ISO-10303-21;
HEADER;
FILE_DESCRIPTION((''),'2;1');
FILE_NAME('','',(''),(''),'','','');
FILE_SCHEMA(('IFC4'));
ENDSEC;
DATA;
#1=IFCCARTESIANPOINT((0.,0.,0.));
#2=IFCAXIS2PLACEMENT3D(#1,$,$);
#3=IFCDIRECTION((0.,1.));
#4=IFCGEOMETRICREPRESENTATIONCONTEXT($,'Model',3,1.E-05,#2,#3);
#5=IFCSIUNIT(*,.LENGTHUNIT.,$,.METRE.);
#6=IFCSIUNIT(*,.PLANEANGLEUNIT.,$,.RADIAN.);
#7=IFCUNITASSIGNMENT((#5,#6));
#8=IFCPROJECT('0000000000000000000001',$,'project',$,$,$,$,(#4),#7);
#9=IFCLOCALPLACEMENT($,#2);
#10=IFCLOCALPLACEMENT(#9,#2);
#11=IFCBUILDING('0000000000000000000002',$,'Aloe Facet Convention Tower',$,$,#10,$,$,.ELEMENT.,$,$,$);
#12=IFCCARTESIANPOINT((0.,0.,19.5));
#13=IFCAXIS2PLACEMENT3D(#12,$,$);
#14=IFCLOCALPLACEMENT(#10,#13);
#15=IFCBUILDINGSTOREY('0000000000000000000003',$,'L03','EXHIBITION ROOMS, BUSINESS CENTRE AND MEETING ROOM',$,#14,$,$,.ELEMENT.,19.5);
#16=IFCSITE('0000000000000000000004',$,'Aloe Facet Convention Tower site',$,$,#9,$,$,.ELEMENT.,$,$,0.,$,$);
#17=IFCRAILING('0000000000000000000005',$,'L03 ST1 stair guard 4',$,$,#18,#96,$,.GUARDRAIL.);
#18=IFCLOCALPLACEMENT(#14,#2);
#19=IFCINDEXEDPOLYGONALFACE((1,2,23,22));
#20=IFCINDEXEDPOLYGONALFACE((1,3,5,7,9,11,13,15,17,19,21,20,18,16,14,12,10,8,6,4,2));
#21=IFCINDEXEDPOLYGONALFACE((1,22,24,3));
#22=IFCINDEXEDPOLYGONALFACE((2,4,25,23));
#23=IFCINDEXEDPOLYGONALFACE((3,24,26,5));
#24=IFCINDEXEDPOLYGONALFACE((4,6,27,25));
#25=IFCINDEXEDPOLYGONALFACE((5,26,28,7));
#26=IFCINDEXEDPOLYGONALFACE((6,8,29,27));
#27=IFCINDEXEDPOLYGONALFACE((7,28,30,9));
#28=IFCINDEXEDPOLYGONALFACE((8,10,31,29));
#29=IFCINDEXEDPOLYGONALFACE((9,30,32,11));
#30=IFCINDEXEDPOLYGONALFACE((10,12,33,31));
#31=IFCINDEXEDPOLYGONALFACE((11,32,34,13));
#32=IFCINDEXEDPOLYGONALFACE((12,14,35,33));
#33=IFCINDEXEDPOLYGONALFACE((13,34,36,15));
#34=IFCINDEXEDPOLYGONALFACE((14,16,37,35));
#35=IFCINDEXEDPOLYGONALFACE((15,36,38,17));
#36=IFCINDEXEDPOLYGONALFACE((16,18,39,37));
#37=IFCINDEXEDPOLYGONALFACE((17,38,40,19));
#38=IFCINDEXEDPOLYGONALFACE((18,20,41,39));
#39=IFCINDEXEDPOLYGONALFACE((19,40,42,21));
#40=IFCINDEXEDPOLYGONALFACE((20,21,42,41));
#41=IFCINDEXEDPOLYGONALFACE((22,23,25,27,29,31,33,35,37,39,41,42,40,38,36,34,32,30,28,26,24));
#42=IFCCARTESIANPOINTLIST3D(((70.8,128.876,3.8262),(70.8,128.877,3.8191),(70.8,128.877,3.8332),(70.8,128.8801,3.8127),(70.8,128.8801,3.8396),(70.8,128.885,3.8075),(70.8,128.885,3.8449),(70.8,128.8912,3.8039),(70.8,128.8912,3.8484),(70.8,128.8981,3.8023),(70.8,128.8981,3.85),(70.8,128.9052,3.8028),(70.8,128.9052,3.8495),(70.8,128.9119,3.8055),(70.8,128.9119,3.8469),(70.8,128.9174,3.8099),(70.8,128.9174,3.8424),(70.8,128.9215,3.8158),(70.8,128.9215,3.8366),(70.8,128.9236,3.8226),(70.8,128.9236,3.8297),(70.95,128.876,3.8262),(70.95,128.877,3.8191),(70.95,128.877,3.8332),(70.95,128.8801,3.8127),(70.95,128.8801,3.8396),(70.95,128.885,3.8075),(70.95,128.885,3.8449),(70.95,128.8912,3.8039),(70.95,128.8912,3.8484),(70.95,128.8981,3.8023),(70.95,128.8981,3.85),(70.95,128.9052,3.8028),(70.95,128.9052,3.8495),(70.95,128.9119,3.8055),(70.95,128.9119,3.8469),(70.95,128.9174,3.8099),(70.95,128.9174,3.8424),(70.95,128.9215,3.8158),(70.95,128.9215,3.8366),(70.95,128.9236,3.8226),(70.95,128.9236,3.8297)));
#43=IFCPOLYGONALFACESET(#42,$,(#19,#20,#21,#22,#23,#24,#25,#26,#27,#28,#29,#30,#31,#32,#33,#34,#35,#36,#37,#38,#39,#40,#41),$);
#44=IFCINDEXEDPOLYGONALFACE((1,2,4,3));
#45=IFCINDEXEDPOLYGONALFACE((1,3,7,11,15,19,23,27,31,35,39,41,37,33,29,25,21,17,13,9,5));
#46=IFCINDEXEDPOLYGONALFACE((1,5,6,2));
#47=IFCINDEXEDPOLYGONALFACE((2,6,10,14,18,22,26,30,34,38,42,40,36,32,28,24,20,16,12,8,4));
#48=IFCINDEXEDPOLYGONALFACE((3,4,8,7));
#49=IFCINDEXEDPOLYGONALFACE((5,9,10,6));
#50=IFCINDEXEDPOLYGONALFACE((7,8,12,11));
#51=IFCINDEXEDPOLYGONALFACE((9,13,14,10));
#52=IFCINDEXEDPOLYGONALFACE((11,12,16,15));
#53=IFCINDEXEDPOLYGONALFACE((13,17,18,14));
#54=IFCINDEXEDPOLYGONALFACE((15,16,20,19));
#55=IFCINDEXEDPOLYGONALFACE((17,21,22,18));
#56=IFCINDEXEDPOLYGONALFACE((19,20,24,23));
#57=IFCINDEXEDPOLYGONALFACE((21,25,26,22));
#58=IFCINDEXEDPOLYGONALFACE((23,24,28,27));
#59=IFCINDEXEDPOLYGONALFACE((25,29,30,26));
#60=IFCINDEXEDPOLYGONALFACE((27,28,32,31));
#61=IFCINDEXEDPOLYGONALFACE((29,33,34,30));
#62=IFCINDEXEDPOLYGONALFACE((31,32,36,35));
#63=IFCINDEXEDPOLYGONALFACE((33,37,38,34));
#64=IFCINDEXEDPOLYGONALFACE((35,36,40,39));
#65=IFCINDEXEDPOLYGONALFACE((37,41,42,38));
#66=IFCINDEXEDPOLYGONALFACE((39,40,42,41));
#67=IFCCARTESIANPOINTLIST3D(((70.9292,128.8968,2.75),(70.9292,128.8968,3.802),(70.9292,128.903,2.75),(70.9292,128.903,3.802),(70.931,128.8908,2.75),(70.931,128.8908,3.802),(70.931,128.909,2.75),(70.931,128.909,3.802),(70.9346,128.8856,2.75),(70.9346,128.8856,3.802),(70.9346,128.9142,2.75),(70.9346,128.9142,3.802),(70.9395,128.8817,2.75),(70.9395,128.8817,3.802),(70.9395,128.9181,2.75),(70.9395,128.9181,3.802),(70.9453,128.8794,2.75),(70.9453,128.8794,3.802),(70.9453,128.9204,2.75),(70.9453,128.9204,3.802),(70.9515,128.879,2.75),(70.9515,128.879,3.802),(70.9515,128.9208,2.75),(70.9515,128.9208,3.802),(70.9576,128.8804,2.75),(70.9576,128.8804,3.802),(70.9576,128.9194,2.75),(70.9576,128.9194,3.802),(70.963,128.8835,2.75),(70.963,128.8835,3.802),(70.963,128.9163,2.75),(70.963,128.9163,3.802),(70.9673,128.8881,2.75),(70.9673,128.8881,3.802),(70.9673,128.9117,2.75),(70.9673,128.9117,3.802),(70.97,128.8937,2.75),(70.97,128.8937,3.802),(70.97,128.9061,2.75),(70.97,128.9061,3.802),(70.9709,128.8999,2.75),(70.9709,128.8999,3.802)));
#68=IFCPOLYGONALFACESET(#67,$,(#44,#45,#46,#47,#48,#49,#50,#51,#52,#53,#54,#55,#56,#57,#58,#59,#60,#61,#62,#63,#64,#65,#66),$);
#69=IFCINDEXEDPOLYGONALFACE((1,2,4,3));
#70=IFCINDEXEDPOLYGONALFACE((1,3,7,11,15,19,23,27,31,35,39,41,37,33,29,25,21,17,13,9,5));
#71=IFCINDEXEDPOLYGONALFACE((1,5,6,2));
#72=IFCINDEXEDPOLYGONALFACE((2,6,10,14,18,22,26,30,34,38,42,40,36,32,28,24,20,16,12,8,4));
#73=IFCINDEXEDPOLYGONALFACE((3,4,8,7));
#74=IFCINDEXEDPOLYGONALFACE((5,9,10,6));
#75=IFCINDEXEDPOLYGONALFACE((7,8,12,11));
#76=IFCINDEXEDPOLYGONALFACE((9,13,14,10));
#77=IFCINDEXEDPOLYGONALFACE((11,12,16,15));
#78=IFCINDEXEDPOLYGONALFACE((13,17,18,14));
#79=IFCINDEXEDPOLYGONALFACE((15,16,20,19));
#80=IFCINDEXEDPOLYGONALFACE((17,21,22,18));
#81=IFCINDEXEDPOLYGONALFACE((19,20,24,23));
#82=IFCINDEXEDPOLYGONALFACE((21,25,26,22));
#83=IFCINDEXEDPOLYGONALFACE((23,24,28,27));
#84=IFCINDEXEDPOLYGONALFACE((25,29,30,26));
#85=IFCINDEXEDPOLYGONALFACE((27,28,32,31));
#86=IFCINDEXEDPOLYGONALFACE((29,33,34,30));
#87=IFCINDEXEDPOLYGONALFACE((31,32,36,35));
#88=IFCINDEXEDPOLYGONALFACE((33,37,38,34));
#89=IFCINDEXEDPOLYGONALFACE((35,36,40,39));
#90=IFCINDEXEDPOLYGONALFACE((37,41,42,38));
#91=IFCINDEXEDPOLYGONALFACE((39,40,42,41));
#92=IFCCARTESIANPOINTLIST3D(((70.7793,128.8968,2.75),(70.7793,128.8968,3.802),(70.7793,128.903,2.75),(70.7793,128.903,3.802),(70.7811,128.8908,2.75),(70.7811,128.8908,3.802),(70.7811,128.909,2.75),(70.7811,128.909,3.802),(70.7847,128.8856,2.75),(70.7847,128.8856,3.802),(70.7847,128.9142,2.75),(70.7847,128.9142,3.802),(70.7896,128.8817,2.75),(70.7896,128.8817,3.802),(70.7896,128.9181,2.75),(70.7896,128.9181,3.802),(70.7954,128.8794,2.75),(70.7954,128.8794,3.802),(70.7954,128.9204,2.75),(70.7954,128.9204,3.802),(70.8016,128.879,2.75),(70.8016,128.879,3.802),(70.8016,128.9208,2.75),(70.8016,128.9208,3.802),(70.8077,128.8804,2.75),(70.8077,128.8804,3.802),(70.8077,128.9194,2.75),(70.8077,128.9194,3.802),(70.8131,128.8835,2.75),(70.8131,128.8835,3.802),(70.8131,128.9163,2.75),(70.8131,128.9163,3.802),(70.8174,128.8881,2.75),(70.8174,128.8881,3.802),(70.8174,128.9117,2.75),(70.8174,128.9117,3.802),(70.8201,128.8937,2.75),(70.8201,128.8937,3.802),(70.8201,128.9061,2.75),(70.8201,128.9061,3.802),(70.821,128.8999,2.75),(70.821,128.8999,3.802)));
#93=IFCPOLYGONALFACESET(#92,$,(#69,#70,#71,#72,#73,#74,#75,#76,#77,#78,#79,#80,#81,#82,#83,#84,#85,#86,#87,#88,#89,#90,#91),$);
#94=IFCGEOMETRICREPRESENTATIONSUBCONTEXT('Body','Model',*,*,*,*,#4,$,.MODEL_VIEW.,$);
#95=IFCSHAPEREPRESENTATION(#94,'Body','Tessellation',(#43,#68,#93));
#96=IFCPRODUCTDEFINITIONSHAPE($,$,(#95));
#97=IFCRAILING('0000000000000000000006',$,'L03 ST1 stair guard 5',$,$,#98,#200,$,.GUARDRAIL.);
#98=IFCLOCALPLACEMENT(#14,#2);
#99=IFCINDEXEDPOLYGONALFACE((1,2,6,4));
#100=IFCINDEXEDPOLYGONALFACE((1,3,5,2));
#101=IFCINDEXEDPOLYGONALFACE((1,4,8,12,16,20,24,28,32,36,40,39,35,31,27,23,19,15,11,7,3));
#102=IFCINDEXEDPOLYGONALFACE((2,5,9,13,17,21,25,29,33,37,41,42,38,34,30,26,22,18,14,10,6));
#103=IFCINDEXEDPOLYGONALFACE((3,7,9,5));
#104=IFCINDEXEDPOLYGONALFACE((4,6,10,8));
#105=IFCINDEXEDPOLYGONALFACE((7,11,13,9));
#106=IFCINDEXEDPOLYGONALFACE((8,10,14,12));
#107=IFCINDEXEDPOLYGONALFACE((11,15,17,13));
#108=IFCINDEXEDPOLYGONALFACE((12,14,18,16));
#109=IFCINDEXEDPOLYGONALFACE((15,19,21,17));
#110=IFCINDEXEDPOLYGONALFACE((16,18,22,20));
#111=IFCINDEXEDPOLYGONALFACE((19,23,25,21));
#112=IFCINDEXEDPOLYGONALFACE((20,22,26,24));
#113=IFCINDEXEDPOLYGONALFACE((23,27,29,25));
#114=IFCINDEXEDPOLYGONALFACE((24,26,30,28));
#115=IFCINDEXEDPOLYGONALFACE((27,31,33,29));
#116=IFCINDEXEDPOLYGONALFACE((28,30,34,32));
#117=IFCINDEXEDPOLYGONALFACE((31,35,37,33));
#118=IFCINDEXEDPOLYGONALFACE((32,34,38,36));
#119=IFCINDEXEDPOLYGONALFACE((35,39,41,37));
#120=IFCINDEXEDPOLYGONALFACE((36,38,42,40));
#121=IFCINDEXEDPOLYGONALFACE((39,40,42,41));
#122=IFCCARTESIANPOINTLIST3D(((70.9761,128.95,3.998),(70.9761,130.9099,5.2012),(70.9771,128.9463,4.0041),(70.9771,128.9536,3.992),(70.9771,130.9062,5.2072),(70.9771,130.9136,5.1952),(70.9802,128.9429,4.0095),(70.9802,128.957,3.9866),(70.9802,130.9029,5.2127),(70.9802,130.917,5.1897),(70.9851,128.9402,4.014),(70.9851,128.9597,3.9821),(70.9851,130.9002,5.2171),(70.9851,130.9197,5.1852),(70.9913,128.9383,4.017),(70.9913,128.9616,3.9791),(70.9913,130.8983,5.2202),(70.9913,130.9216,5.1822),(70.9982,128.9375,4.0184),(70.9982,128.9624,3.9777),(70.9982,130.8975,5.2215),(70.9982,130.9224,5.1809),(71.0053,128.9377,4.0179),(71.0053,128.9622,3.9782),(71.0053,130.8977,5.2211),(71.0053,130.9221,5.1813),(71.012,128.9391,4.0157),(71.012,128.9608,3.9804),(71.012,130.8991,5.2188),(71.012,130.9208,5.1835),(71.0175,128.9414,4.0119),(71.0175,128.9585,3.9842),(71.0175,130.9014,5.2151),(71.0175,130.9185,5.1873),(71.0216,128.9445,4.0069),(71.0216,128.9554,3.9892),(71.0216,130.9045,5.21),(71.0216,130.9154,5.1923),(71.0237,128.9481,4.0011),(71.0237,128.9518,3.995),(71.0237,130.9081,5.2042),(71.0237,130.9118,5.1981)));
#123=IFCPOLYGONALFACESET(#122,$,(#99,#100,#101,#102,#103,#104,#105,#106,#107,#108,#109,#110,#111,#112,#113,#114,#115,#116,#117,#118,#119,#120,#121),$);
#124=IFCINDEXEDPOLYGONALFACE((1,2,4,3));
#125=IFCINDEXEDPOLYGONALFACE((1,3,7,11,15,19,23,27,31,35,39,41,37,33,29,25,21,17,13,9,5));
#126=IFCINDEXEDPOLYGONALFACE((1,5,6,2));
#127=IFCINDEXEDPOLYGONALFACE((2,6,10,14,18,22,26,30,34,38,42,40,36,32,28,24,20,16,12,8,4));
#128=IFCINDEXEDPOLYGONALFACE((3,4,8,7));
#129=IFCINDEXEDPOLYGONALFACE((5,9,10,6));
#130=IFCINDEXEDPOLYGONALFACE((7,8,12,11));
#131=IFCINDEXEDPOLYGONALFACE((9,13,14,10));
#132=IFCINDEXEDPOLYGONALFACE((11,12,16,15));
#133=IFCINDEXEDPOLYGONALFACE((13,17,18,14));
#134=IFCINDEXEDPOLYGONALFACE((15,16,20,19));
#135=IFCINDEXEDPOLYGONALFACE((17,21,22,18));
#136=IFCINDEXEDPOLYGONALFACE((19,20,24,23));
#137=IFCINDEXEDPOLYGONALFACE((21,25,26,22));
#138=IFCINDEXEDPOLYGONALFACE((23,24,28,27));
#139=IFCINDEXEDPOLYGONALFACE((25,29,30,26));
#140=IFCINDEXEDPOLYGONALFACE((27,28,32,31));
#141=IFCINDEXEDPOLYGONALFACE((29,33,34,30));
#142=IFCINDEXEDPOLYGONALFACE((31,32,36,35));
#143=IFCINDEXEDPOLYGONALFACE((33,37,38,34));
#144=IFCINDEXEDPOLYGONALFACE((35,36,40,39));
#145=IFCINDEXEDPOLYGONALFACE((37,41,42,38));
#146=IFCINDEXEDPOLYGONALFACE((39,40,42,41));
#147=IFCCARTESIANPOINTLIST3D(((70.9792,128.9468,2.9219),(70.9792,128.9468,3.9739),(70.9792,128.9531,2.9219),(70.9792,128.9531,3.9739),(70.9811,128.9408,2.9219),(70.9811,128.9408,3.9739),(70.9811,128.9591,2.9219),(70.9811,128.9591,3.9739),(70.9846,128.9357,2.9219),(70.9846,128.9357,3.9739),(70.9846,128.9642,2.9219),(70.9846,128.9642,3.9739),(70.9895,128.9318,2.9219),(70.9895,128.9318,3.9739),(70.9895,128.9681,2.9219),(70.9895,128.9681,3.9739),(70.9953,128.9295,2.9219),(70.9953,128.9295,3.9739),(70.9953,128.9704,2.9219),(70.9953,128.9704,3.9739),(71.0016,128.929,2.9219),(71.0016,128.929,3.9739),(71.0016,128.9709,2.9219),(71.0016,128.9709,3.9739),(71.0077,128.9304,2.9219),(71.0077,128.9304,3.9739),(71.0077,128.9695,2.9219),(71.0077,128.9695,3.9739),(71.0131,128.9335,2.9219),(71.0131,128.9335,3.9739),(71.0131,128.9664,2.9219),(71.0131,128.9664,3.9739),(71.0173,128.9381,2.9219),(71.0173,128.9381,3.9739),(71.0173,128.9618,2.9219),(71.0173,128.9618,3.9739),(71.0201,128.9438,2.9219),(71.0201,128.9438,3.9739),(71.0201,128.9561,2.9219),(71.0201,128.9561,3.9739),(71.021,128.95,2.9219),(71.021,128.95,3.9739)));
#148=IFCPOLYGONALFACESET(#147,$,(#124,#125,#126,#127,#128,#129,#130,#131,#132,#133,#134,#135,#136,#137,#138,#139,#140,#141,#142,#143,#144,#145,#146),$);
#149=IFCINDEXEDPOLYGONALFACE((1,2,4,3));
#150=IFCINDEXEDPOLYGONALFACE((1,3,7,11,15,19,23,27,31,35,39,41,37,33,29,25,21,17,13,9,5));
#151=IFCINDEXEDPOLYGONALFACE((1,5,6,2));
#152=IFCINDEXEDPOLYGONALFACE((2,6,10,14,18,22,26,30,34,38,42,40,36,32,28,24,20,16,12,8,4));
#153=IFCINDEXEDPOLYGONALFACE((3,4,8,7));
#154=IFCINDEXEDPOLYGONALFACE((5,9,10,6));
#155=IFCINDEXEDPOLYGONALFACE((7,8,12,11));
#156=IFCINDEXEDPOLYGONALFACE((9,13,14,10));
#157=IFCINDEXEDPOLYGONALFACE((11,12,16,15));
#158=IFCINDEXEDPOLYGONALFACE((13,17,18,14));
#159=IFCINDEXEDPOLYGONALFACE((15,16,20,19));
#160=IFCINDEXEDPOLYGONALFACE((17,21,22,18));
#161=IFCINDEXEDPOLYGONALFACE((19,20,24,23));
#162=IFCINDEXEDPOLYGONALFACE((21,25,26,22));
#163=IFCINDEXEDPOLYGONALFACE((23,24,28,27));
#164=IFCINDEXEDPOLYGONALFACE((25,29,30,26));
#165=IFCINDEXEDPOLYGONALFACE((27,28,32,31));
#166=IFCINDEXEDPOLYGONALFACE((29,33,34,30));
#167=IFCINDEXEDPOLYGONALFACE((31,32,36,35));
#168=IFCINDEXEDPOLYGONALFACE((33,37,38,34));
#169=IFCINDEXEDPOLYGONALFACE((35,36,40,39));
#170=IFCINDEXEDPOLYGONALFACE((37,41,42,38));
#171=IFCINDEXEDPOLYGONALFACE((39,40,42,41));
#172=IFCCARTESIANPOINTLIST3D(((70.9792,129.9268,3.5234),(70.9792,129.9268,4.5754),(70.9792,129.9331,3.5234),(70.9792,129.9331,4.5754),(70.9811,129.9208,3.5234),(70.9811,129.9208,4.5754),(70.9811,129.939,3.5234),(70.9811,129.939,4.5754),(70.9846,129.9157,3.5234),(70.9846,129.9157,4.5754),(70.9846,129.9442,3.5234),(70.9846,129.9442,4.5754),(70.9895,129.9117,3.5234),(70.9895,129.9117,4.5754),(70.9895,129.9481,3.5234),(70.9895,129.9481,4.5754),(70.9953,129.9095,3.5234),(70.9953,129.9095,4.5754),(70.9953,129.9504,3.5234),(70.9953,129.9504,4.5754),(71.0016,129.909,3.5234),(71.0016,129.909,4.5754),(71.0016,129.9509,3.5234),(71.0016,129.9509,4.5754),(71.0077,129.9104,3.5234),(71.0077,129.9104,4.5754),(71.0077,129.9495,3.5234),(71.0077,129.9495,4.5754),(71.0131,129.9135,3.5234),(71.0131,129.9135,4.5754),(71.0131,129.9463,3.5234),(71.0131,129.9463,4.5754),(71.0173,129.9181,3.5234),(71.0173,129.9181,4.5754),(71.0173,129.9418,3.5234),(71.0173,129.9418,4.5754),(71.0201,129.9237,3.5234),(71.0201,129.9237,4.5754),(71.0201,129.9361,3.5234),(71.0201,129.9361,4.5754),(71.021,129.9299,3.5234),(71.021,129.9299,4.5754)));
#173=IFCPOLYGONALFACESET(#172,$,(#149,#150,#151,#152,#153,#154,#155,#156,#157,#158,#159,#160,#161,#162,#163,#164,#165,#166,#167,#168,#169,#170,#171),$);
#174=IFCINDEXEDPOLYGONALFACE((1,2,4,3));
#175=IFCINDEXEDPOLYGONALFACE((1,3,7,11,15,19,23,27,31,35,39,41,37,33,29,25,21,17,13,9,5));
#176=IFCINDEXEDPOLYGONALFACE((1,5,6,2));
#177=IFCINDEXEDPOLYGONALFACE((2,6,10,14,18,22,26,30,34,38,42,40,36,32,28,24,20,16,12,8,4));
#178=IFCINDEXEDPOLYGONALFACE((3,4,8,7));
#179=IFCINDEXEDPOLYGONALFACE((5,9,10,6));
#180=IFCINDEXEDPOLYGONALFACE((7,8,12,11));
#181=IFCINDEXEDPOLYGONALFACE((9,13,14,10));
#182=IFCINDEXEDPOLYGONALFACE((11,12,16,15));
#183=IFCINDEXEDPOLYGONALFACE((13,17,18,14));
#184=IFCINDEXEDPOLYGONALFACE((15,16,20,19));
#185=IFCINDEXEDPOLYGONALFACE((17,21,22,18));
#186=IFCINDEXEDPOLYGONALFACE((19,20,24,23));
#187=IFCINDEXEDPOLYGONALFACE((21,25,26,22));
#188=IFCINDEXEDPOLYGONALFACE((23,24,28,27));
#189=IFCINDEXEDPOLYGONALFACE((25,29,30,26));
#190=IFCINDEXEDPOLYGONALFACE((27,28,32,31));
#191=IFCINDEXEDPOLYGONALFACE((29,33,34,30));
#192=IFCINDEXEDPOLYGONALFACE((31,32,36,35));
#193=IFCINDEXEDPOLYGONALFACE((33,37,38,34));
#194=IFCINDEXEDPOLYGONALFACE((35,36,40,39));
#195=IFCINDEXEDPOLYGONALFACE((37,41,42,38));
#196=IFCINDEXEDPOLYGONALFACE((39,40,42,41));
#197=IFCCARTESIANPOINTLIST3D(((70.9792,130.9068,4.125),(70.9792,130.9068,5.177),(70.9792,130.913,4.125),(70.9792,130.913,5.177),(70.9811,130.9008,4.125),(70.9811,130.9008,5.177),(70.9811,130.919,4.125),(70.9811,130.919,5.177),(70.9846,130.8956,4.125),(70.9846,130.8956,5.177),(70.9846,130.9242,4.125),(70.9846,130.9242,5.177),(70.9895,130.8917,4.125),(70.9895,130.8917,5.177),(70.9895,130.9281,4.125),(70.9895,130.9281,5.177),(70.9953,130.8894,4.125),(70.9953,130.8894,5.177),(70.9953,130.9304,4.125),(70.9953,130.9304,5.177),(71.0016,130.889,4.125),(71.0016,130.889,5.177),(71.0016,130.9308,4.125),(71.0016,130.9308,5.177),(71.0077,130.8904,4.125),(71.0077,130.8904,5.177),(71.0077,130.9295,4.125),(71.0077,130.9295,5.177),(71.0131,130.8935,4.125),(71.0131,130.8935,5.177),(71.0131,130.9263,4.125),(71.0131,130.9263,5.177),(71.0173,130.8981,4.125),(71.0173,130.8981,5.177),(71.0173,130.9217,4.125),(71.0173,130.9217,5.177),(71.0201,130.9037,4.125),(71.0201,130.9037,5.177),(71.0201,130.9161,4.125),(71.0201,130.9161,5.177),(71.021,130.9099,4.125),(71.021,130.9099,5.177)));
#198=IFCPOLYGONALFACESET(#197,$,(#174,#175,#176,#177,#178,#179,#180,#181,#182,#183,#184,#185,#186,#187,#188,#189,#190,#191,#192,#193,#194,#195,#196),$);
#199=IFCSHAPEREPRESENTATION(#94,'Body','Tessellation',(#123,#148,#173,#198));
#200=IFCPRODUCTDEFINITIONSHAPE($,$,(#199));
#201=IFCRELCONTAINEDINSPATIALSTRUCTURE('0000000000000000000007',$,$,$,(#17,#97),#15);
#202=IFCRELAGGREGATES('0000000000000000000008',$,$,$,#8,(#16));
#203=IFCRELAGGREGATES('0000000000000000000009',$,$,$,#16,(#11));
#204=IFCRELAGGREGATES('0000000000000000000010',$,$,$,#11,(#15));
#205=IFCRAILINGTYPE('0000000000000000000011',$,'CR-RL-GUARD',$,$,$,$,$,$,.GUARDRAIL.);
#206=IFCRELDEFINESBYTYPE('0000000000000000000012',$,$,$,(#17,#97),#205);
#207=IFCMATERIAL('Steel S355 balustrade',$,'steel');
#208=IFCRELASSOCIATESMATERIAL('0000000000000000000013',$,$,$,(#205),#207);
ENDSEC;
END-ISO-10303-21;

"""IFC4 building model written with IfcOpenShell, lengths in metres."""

from ifc_helpers import new_model, si_unit, direction, frame, origin, origin_2d, place, context, subcontext, project, spatial, circle, extrude, material, type_object, element, save


model = new_model("IFC4")

# Units and contexts
model_context = context("Model", 3, precision=1e-05, world=origin(), true_north=direction((0.0, 1.0)))
body_context = subcontext(model_context, "Body", "Model", "MODEL_VIEW")
ifc_project = project(units=[si_unit("LENGTHUNIT", "METRE"), si_unit("PLANEANGLEUNIT", "RADIAN")], contexts=[model_context])

# Site, building, storey
site_placement = place(None, origin())
site = spatial("IfcSite", under=ifc_project, at=site_placement, Name="Aloe Facet Convention Tower site", CompositionType="ELEMENT", RefElevation=0.0)
building_placement = place(site_placement, origin())
building = spatial("IfcBuilding", under=site, at=building_placement, Name="Aloe Facet Convention Tower", CompositionType="ELEMENT")
storey_placement = place(building_placement, frame((0.0, 0.0, 19.5)))
storey = spatial("IfcBuildingStorey", under=building, at=storey_placement, Name="L03", Description="EXHIBITION ROOMS, BUSINESS CENTRE AND MEETING ROOM", CompositionType="ELEMENT", Elevation=19.5)

# Railings
ifc_material_1 = material(Name="Steel S355 balustrade", Category="steel")
railing_type_1 = type_object("IfcRailingType", Name="CR-RL-GUARD", PredefinedType="GUARDRAIL", material=ifc_material_1)
railing_1_placement = place(storey_placement, frame((70.95, 128.8999, 2.75)))
element("IfcRailing", 1, at=railing_1_placement, inside=storey, type_object=railing_type_1, Name="L03 ST1 stair guard 4", PredefinedType="GUARDRAIL", context=body_context, shape_type="SweptSolid", body=[
    extrude(circle(Radius=0.0239, at=origin_2d()), frame((0.0, 0.0, 1.0762), z_axis=(-1.0, 0.0, 0.0), x_axis=(0.0, -1.0, 0.0)), (0.0, 0.0, 1.0), 0.1499),
    extrude(circle(Radius=0.021, at=origin_2d()), origin(), (0.0, 0.0, 1.0), 1.052),
    extrude(circle(Radius=0.021, at=origin_2d()), frame((-0.1499, 0.0, 0.0)), (0.0, 0.0, 1.0), 1.052),
])
railing_2_placement = place(storey_placement, frame((71.0, 128.95, 2.9219)))
element("IfcRailing", 2, at=railing_2_placement, inside=storey, type_object=railing_type_1, Name="L03 ST1 stair guard 5", PredefinedType="GUARDRAIL", context=body_context, shape_type="SweptSolid", body=[
    extrude(circle(Radius=0.0239, at=origin_2d()), frame((0.0, 0.0, 1.0762), z_axis=(0.0, 0.852241, 0.523149), x_axis=(-1.0, 0.0, 0.0)), (0.0, 0.0, 1.0), 2.2998),
    extrude(circle(Radius=0.021, at=origin_2d()), origin(), (0.0, 0.0, 1.0), 1.052),
    extrude(circle(Radius=0.021, at=origin_2d()), frame((0.0, 0.98, 0.6016)), (0.0, 0.0, 1.0), 1.052),
    extrude(circle(Radius=0.021, at=origin_2d()), frame((0.0, 1.96, 1.2031)), (0.0, 0.0, 1.0), 1.052),
])

save(model, "model.ifc")
